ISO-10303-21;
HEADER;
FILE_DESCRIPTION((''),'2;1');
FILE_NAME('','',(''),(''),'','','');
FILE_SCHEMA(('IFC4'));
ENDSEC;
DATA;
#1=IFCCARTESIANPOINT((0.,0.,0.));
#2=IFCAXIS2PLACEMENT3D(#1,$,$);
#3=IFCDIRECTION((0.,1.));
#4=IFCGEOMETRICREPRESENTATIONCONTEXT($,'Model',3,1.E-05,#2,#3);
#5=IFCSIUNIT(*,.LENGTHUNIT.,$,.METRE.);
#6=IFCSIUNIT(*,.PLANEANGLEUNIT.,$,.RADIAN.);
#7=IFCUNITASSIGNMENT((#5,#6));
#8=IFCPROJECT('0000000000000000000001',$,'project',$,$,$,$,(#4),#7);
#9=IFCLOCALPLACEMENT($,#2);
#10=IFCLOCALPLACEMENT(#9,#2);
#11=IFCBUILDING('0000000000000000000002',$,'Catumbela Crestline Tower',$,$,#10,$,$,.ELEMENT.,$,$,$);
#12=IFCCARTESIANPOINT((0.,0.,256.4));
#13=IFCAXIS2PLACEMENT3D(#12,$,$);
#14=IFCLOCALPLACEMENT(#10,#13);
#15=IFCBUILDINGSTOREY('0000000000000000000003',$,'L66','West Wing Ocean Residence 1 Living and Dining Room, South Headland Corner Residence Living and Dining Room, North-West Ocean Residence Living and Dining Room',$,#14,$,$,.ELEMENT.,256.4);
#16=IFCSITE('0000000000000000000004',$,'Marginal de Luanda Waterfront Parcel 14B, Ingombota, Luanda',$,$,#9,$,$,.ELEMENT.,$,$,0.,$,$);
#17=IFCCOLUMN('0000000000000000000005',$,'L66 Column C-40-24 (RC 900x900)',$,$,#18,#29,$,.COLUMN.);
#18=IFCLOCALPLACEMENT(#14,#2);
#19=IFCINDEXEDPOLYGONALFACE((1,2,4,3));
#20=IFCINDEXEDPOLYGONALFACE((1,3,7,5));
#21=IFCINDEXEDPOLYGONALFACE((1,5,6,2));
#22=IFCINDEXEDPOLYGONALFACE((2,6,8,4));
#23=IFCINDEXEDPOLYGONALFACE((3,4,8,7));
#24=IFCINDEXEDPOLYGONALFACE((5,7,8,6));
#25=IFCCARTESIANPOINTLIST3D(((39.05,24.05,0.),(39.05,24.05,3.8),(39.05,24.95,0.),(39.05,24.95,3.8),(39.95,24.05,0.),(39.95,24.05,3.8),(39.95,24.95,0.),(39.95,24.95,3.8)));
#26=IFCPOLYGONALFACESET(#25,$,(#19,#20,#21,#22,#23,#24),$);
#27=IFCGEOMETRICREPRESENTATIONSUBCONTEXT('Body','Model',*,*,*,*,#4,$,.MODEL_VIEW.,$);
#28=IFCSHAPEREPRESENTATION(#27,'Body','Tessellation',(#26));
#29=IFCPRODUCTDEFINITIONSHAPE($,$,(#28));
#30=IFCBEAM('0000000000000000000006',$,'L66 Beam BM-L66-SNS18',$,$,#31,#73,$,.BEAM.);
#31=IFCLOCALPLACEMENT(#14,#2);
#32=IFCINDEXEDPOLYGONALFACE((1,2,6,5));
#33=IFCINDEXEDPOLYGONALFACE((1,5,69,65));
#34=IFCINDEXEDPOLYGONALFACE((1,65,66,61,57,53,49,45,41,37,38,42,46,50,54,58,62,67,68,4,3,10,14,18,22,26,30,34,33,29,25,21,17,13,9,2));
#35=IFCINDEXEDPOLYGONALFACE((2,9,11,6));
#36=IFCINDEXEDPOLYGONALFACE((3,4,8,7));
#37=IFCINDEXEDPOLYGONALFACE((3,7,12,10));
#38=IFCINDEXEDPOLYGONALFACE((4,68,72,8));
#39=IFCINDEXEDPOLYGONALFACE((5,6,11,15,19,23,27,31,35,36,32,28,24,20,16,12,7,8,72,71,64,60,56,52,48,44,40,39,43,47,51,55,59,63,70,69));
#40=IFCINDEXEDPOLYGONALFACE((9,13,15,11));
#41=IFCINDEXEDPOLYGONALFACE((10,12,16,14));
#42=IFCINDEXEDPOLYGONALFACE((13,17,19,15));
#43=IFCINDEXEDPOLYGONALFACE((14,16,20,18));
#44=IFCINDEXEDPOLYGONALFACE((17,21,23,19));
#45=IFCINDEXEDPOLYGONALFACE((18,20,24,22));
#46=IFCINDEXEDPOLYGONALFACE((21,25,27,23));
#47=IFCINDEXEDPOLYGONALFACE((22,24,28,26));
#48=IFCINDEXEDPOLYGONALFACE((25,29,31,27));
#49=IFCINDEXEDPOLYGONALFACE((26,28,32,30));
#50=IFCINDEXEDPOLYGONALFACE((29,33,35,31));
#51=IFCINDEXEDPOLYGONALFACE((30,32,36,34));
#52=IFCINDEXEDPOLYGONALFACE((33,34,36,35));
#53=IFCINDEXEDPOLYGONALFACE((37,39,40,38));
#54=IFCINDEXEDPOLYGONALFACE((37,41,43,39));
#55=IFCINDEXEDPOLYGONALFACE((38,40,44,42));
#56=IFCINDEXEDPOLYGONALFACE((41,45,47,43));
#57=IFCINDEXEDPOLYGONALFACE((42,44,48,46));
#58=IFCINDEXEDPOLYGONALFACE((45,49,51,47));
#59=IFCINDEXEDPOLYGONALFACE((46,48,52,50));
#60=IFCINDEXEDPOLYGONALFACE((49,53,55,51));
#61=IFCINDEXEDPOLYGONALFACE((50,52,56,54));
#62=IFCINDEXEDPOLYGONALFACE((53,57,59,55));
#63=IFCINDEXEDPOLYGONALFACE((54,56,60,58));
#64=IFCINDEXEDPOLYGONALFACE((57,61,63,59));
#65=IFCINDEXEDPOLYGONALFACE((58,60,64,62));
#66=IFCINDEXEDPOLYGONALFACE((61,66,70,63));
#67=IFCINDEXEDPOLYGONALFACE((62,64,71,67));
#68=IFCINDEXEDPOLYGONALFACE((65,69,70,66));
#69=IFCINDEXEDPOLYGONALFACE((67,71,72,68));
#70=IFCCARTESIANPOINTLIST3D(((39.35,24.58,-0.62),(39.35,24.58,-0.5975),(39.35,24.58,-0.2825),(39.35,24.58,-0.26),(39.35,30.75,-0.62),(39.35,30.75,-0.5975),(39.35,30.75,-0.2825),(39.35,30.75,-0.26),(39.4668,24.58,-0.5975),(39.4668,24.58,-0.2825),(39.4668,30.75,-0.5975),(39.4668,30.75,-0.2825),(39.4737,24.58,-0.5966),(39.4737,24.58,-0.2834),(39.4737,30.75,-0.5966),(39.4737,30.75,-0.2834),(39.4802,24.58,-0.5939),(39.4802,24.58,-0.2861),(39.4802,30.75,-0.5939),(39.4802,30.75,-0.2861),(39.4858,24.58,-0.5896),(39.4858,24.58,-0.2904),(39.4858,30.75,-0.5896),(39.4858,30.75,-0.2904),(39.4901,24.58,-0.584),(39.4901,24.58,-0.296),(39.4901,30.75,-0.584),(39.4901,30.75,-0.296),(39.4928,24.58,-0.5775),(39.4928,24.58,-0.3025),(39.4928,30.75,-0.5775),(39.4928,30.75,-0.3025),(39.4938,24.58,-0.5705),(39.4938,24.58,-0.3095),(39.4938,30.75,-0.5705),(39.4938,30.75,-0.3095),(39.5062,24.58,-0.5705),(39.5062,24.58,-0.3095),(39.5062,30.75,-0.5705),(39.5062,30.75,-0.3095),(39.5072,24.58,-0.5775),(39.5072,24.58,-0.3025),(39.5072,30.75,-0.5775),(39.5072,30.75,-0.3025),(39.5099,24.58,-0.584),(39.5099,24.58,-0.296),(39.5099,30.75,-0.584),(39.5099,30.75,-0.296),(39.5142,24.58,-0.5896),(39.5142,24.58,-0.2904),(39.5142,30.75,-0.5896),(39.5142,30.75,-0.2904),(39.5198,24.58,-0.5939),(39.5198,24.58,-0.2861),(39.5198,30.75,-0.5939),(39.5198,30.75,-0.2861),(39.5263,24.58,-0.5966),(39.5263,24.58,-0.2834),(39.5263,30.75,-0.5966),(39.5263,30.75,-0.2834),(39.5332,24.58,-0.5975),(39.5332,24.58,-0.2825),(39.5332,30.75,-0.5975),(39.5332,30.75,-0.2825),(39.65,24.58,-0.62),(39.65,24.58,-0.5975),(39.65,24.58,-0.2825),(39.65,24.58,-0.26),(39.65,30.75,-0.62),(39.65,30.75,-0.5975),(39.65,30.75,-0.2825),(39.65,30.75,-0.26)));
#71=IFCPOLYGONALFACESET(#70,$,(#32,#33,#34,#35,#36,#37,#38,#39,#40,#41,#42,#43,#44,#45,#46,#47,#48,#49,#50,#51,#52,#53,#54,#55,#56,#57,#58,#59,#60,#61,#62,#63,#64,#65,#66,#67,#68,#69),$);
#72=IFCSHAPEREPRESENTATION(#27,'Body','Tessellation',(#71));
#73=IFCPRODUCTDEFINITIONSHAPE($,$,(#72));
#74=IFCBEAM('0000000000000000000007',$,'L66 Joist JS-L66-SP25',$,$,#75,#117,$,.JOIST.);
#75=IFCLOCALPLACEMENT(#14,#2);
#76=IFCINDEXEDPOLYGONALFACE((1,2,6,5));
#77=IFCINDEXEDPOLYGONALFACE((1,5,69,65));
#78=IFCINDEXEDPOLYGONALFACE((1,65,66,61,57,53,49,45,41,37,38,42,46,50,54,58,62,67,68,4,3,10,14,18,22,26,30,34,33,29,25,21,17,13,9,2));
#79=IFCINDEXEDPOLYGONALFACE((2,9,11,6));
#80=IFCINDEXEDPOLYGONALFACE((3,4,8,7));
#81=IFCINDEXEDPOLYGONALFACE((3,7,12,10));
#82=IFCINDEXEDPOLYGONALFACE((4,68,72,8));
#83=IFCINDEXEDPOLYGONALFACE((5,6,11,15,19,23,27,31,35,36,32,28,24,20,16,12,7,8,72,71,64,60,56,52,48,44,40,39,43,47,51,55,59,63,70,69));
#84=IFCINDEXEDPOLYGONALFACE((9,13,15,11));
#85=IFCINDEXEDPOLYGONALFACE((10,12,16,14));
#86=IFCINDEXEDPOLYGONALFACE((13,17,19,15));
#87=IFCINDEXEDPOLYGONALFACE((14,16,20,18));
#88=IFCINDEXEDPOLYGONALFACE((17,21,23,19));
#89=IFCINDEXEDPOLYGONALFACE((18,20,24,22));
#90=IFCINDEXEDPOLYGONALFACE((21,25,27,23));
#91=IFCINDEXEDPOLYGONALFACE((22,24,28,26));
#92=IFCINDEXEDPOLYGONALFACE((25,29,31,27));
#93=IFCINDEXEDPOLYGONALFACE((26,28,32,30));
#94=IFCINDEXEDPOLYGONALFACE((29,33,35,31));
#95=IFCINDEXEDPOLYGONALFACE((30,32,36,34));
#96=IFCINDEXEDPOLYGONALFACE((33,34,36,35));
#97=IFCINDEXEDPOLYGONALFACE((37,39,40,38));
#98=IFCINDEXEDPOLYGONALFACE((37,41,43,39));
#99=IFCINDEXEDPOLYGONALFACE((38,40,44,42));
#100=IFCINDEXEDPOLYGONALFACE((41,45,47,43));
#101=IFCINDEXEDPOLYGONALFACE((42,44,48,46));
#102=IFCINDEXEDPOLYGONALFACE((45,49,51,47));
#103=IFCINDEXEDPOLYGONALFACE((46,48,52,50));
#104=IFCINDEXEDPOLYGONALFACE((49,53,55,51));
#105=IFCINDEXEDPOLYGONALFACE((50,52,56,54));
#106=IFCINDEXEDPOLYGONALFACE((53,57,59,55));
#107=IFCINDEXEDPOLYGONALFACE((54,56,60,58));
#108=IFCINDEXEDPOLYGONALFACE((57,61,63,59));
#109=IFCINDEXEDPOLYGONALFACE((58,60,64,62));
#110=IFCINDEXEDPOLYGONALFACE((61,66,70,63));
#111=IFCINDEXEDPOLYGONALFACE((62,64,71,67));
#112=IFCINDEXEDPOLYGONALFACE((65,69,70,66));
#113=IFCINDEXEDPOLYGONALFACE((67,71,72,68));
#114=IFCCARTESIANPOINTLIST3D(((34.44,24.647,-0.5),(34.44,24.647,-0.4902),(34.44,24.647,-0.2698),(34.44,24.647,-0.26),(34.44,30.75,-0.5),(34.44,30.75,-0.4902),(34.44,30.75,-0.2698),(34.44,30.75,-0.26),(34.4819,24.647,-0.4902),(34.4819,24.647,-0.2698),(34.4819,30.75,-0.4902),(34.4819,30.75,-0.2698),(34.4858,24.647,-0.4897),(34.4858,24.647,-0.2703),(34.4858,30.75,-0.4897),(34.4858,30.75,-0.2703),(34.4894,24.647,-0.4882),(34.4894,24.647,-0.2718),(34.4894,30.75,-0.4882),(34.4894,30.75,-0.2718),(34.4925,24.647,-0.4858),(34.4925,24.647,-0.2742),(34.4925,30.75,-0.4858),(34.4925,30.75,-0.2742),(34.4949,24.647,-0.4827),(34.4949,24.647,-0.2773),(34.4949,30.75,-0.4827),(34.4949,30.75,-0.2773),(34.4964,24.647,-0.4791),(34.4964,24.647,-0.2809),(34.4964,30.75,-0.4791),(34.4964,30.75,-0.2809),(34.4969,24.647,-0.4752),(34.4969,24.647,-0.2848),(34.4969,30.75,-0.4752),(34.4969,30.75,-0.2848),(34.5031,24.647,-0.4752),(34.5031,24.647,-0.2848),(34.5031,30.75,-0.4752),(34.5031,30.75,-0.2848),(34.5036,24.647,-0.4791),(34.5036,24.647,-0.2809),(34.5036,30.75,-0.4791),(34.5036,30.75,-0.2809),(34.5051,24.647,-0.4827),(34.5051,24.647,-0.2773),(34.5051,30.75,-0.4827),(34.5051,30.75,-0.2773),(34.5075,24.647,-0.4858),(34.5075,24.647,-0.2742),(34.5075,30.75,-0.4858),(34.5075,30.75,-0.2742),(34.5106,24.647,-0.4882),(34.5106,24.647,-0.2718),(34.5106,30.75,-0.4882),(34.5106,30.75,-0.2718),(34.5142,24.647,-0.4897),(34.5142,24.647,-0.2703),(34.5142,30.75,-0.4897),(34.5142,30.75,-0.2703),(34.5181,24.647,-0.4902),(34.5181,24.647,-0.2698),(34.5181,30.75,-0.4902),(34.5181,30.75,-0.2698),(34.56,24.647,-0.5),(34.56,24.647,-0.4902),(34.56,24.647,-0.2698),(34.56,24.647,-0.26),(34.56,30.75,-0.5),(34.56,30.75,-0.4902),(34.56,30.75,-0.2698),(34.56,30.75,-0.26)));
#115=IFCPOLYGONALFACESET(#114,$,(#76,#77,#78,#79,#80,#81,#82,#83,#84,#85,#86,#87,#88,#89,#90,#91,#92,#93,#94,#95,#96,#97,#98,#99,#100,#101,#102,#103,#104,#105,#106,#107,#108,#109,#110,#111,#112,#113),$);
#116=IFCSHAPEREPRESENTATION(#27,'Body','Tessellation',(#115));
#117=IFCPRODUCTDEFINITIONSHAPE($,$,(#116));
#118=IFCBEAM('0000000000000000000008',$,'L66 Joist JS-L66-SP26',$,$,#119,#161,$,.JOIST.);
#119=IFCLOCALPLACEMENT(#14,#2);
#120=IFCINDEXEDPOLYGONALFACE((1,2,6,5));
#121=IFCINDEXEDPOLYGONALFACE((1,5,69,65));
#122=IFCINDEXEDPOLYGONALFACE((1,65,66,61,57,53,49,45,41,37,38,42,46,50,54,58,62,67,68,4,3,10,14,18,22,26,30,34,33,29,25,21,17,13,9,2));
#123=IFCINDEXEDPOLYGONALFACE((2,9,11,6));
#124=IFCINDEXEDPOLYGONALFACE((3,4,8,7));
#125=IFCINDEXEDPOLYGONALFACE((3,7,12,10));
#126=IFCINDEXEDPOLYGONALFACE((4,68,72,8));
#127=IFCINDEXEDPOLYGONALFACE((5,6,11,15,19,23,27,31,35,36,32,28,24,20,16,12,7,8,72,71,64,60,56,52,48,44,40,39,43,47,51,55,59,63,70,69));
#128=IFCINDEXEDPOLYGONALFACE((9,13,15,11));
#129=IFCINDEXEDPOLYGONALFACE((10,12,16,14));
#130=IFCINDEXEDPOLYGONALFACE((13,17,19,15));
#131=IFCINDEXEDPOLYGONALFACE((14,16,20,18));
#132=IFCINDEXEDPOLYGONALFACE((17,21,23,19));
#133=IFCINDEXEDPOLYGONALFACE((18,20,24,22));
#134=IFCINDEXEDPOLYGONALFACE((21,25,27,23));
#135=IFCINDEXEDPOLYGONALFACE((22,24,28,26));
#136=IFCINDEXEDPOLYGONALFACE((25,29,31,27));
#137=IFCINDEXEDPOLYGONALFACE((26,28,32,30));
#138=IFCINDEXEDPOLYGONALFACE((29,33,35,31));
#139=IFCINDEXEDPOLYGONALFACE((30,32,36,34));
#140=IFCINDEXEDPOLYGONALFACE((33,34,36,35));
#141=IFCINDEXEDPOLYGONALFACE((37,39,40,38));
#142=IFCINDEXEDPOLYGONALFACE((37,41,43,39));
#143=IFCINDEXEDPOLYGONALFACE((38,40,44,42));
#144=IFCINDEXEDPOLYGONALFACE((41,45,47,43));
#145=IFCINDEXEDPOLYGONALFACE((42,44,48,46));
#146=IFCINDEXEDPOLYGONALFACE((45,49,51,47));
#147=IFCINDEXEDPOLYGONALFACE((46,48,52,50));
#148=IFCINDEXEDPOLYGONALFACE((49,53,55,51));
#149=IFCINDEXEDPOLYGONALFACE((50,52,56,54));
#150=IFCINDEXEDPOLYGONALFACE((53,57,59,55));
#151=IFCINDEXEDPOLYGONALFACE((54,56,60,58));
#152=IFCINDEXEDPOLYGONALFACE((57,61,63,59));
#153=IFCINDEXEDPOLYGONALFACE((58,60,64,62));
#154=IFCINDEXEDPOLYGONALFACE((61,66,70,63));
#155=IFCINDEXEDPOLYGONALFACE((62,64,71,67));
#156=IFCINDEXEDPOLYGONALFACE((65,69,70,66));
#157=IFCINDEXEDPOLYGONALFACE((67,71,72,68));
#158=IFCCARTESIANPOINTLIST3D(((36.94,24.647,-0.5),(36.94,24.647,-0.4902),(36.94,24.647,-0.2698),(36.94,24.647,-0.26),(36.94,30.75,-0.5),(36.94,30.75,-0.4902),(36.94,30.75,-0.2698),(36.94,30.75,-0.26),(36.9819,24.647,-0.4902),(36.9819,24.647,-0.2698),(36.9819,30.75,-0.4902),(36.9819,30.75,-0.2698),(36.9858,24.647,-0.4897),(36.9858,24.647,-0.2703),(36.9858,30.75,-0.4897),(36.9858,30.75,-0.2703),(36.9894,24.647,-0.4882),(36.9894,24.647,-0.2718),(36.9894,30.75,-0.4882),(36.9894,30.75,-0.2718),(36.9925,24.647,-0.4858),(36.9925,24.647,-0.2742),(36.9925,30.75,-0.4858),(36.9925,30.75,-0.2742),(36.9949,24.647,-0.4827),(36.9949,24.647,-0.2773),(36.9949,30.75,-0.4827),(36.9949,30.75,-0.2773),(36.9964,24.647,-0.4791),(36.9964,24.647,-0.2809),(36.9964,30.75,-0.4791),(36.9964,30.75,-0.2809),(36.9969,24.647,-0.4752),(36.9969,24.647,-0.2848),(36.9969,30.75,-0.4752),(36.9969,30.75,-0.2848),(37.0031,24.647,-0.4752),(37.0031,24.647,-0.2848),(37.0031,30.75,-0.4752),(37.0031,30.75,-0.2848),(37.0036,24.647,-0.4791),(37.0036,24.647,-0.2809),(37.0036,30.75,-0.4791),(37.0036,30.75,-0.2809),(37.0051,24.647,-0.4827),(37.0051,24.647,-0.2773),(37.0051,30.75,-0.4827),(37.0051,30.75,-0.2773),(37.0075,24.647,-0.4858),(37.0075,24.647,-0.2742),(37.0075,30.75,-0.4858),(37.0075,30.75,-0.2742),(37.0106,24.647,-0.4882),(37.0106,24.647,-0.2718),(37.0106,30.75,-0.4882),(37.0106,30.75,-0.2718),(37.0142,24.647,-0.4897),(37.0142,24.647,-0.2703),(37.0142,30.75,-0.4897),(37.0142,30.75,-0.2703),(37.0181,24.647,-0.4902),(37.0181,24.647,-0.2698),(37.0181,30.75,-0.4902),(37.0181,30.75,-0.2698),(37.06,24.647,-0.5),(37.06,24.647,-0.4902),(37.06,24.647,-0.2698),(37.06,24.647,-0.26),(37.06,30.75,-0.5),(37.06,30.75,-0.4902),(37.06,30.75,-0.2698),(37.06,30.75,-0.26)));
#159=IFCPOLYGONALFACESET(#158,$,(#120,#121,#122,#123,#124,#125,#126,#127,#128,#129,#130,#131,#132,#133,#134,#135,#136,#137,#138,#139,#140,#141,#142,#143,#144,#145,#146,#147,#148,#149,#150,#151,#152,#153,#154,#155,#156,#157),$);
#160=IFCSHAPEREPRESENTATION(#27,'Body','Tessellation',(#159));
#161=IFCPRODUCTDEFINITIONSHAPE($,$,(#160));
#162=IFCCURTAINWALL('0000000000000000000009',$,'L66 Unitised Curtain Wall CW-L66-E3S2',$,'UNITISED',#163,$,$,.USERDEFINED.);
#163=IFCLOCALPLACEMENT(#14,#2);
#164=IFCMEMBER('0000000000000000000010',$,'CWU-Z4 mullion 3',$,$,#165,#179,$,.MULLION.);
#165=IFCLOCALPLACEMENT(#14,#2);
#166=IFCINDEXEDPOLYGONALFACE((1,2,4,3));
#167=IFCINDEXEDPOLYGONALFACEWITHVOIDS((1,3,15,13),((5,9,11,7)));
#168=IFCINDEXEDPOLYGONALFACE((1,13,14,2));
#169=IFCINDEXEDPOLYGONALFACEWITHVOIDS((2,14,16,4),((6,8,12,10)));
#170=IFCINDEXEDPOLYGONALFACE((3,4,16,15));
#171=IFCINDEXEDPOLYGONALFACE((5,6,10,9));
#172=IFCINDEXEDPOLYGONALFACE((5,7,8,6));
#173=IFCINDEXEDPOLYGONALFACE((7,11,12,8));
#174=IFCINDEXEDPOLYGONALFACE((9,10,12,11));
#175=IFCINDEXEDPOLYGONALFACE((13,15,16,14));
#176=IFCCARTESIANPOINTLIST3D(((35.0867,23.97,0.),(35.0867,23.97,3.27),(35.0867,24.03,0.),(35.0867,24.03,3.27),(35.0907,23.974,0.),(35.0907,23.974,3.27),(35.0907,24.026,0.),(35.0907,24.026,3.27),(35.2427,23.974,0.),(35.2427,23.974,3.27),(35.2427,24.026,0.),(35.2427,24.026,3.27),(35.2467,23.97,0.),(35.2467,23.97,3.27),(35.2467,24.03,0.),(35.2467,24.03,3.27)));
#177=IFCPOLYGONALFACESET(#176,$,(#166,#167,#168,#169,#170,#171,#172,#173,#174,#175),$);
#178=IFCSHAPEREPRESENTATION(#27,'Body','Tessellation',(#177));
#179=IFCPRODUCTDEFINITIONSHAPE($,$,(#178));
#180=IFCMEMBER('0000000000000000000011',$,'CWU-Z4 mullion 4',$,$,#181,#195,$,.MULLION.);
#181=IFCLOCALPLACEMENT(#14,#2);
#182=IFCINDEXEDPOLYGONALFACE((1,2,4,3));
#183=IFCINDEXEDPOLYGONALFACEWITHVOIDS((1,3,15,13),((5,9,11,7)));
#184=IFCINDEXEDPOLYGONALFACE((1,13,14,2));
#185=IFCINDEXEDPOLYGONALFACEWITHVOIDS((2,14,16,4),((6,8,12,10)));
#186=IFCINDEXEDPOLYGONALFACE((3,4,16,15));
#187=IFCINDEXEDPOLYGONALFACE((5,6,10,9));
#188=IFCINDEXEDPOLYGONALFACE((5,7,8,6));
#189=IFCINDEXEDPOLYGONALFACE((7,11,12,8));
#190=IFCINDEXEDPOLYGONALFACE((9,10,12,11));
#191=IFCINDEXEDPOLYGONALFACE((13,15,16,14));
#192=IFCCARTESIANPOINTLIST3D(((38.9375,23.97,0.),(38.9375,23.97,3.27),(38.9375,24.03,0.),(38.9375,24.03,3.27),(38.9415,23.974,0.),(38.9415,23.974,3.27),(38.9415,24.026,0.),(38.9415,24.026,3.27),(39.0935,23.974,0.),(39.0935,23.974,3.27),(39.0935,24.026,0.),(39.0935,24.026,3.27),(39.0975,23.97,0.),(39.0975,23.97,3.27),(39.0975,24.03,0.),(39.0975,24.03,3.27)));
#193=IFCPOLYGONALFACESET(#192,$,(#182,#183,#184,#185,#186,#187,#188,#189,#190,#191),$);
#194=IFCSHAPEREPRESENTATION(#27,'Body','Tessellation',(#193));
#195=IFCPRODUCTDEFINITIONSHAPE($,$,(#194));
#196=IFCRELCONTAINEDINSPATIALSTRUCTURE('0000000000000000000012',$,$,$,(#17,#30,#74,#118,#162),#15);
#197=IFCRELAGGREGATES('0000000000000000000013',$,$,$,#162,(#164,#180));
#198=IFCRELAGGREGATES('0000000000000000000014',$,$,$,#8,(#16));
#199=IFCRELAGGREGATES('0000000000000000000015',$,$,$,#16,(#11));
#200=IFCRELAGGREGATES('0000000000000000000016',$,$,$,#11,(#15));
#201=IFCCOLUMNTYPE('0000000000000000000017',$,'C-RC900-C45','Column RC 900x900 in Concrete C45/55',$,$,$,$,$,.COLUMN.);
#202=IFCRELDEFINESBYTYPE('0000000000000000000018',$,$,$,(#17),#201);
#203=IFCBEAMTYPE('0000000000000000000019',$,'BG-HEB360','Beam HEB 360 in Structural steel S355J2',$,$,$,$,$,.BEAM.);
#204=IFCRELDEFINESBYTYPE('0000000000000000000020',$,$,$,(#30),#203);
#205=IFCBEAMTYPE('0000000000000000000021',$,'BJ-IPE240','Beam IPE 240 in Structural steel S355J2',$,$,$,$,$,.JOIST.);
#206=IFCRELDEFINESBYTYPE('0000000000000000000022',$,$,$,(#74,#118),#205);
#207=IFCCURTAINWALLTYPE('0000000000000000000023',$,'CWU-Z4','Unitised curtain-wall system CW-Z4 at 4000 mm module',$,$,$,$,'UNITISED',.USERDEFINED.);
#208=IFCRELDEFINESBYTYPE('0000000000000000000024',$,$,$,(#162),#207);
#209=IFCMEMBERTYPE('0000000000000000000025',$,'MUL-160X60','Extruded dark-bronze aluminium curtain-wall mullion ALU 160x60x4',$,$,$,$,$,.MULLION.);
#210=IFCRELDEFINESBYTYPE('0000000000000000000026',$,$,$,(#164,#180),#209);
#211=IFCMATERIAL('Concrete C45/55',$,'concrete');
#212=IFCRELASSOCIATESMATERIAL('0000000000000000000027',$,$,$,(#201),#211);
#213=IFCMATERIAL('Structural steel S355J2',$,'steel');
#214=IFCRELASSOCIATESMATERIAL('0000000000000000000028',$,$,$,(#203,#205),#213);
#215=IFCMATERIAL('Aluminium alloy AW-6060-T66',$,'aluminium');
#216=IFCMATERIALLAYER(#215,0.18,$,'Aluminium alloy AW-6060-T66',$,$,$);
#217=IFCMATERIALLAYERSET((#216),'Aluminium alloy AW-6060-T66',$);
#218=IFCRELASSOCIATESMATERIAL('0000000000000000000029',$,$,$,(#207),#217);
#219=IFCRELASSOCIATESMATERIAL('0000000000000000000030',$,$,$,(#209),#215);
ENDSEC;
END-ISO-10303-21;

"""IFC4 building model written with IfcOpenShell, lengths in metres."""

from ifc_helpers import new_model, si_unit, direction, frame, origin, origin_2d, place, context, subcontext, project, spatial, rectangle, hollow_rectangle, i_section, extrude, material, layer, layer_set, material_profile, profile_set, type_object, element, aggregate, save


model = new_model("IFC4")

# Units and contexts
model_context = context("Model", 3, precision=1e-05, world=origin(), true_north=direction((0.0, 1.0)))
body_context = subcontext(model_context, "Body", "Model", "MODEL_VIEW")
ifc_project = project(units=[si_unit("LENGTHUNIT", "METRE"), si_unit("PLANEANGLEUNIT", "RADIAN")], contexts=[model_context])

# Site, building, storey
site_placement = place(None, origin())
site = spatial("IfcSite", under=ifc_project, at=site_placement, Name="Marginal de Luanda Waterfront Parcel 14B, Ingombota, Luanda", CompositionType="ELEMENT", RefElevation=0.0)
building_placement = place(site_placement, origin())
building = spatial("IfcBuilding", under=site, at=building_placement, Name="Catumbela Crestline Tower", CompositionType="ELEMENT")
storey_placement = place(building_placement, frame((0.0, 0.0, 256.4)))
storey = spatial("IfcBuildingStorey", under=building, at=storey_placement, Name="L66", Description="West Wing Ocean Residence 1 Living and Dining Room, South Headland Corner Residence Living and Dining Room, North-West Ocean Residence Living and Dining Room", CompositionType="ELEMENT", Elevation=256.4)

# Column
ifc_material_1 = material(Name="Concrete C45/55", Category="concrete")
ifc_material_profile_1 = material_profile(ifc_material_1, rectangle(XDim=0.9, YDim=0.9, at=origin_2d()), Name="RC 900x900")
ifc_profile_set_1 = profile_set([ifc_material_profile_1], Name="Concrete C45/55")
column_type = type_object("IfcColumnType", Name="C-RC900-C45", Description="Column RC 900x900 in Concrete C45/55", PredefinedType="COLUMN", material=ifc_profile_set_1)
column_placement = place(storey_placement, frame((39.5, 24.5, 0.0), z_axis=(0.0, 0.0, 1.0), x_axis=(1.0, 0.0, 0.0)))
element("IfcColumn", 1, at=column_placement, inside=storey, type_object=column_type, Name="L66 Column C-40-24 (RC 900x900)", PredefinedType="COLUMN", context=body_context, shape_type="SweptSolid", body=[
    extrude(rectangle(XDim=0.9, YDim=0.9, at=origin_2d()), origin(), (0.0, 0.0, 1.0), 3.8),
])

# Beams
ifc_material_2 = material(Name="Structural steel S355J2", Category="steel")
ifc_material_profile_2 = material_profile(ifc_material_2, i_section(OverallWidth=0.3, OverallDepth=0.36, WebThickness=0.0125, FlangeThickness=0.0225, FilletRadius=0.027, at=origin_2d()), Name="HEB 360")
ifc_profile_set_2 = profile_set([ifc_material_profile_2], Name="Structural steel S355J2")
beam_type_1 = type_object("IfcBeamType", Name="BG-HEB360", Description="Beam HEB 360 in Structural steel S355J2", PredefinedType="BEAM", material=ifc_profile_set_2)
beam_placement = place(storey_placement, frame((39.5, 24.58, -0.44), z_axis=(0.0, 1.0, 0.0), x_axis=(-1.0, 0.0, 0.0)))
element("IfcBeam", 2, at=beam_placement, inside=storey, type_object=beam_type_1, Name="L66 Beam BM-L66-SNS18", PredefinedType="BEAM", context=body_context, shape_type="SweptSolid", body=[
    extrude(i_section(OverallWidth=0.3, OverallDepth=0.36, WebThickness=0.0125, FlangeThickness=0.0225, FilletRadius=0.027, at=origin_2d()), origin(), (0.0, 0.0, 1.0), 6.17),
])
ifc_material_profile_3 = material_profile(ifc_material_2, i_section(OverallWidth=0.12, OverallDepth=0.24, WebThickness=0.0062, FlangeThickness=0.0098, FilletRadius=0.015, at=origin_2d()), Name="IPE 240")
ifc_profile_set_3 = profile_set([ifc_material_profile_3], Name="Structural steel S355J2")
beam_type_2 = type_object("IfcBeamType", Name="BJ-IPE240", Description="Beam IPE 240 in Structural steel S355J2", PredefinedType="JOIST", material=ifc_profile_set_3)
for number, where, z_axis, x_axis, name in (
    (3, (34.5, 24.647, -0.38), (0.0, 1.0, 0.0), (-1.0, 0.0, 0.0), "L66 Joist JS-L66-SP25"),
    (4, (37.0, 24.647, -0.38), (0.0, 1.0, 0.0), (-1.0, 0.0, 0.0), "L66 Joist JS-L66-SP26"),
):
    element("IfcBeam", number, at=place(storey_placement, frame(where, z_axis=z_axis, x_axis=x_axis)), inside=storey, type_object=beam_type_2, Name=name, PredefinedType="JOIST", context=body_context, shape_type="SweptSolid", body=[
        extrude(i_section(OverallWidth=0.12, OverallDepth=0.24, WebThickness=0.0062, FlangeThickness=0.0098, FilletRadius=0.015, at=origin_2d()), origin(), (0.0, 0.0, 1.0), 6.103),
    ])

# Curtain wall, members
ifc_material_3 = material(Name="Aluminium alloy AW-6060-T66", Category="aluminium")
ifc_layer_1 = layer(ifc_material_3, 0.18, Name="Aluminium alloy AW-6060-T66")
ifc_layer_set_1 = layer_set([ifc_layer_1], Name="Aluminium alloy AW-6060-T66")
curtain_wall_type = type_object("IfcCurtainWallType", Name="CWU-Z4", Description="Unitised curtain-wall system CW-Z4 at 4000 mm module", ElementType="UNITISED", PredefinedType="USERDEFINED", material=ifc_layer_set_1)
curtain_wall_placement = place(storey_placement, origin())
curtain_wall = element("IfcCurtainWall", 5, at=curtain_wall_placement, inside=storey, type_object=curtain_wall_type, Name="L66 Unitised Curtain Wall CW-L66-E3S2", ObjectType="UNITISED", PredefinedType="USERDEFINED")
ifc_material_profile_4 = material_profile(ifc_material_3, hollow_rectangle(XDim=0.06, YDim=0.16, WallThickness=0.004, at=origin_2d()), Name="ALU 160x60x4")
ifc_profile_set_4 = profile_set([ifc_material_profile_4], Name="Aluminium alloy AW-6060-T66")
member_type_1 = type_object("IfcMemberType", Name="MUL-160X60", Description="Extruded dark-bronze aluminium curtain-wall mullion ALU 160x60x4", PredefinedType="MULLION", material=ifc_profile_set_4)
member_1_placement = place(storey_placement, frame((35.1667, 24.0, 0.0), z_axis=(0.0, 0.0, 1.0), x_axis=(0.0, 1.0, 0.0)))
member_1 = element("IfcMember", 6, at=member_1_placement, type_object=member_type_1, Name="CWU-Z4 mullion 3", PredefinedType="MULLION", context=body_context, shape_type="SweptSolid", body=[
    extrude(hollow_rectangle(XDim=0.06, YDim=0.16, WallThickness=0.004, at=origin_2d()), origin(), (0.0, 0.0, 1.0), 3.27),
])
member_2_placement = place(storey_placement, frame((39.0175, 24.0, 0.0), z_axis=(0.0, 0.0, 1.0), x_axis=(0.0, 1.0, 0.0)))
member_2 = element("IfcMember", 7, at=member_2_placement, type_object=member_type_1, Name="CWU-Z4 mullion 4", PredefinedType="MULLION", context=body_context, shape_type="SweptSolid", body=[
    extrude(hollow_rectangle(XDim=0.06, YDim=0.16, WallThickness=0.004, at=origin_2d()), origin(), (0.0, 0.0, 1.0), 3.27),
])
aggregate(curtain_wall, [member_1, member_2])

save(model, "model.ifc")
